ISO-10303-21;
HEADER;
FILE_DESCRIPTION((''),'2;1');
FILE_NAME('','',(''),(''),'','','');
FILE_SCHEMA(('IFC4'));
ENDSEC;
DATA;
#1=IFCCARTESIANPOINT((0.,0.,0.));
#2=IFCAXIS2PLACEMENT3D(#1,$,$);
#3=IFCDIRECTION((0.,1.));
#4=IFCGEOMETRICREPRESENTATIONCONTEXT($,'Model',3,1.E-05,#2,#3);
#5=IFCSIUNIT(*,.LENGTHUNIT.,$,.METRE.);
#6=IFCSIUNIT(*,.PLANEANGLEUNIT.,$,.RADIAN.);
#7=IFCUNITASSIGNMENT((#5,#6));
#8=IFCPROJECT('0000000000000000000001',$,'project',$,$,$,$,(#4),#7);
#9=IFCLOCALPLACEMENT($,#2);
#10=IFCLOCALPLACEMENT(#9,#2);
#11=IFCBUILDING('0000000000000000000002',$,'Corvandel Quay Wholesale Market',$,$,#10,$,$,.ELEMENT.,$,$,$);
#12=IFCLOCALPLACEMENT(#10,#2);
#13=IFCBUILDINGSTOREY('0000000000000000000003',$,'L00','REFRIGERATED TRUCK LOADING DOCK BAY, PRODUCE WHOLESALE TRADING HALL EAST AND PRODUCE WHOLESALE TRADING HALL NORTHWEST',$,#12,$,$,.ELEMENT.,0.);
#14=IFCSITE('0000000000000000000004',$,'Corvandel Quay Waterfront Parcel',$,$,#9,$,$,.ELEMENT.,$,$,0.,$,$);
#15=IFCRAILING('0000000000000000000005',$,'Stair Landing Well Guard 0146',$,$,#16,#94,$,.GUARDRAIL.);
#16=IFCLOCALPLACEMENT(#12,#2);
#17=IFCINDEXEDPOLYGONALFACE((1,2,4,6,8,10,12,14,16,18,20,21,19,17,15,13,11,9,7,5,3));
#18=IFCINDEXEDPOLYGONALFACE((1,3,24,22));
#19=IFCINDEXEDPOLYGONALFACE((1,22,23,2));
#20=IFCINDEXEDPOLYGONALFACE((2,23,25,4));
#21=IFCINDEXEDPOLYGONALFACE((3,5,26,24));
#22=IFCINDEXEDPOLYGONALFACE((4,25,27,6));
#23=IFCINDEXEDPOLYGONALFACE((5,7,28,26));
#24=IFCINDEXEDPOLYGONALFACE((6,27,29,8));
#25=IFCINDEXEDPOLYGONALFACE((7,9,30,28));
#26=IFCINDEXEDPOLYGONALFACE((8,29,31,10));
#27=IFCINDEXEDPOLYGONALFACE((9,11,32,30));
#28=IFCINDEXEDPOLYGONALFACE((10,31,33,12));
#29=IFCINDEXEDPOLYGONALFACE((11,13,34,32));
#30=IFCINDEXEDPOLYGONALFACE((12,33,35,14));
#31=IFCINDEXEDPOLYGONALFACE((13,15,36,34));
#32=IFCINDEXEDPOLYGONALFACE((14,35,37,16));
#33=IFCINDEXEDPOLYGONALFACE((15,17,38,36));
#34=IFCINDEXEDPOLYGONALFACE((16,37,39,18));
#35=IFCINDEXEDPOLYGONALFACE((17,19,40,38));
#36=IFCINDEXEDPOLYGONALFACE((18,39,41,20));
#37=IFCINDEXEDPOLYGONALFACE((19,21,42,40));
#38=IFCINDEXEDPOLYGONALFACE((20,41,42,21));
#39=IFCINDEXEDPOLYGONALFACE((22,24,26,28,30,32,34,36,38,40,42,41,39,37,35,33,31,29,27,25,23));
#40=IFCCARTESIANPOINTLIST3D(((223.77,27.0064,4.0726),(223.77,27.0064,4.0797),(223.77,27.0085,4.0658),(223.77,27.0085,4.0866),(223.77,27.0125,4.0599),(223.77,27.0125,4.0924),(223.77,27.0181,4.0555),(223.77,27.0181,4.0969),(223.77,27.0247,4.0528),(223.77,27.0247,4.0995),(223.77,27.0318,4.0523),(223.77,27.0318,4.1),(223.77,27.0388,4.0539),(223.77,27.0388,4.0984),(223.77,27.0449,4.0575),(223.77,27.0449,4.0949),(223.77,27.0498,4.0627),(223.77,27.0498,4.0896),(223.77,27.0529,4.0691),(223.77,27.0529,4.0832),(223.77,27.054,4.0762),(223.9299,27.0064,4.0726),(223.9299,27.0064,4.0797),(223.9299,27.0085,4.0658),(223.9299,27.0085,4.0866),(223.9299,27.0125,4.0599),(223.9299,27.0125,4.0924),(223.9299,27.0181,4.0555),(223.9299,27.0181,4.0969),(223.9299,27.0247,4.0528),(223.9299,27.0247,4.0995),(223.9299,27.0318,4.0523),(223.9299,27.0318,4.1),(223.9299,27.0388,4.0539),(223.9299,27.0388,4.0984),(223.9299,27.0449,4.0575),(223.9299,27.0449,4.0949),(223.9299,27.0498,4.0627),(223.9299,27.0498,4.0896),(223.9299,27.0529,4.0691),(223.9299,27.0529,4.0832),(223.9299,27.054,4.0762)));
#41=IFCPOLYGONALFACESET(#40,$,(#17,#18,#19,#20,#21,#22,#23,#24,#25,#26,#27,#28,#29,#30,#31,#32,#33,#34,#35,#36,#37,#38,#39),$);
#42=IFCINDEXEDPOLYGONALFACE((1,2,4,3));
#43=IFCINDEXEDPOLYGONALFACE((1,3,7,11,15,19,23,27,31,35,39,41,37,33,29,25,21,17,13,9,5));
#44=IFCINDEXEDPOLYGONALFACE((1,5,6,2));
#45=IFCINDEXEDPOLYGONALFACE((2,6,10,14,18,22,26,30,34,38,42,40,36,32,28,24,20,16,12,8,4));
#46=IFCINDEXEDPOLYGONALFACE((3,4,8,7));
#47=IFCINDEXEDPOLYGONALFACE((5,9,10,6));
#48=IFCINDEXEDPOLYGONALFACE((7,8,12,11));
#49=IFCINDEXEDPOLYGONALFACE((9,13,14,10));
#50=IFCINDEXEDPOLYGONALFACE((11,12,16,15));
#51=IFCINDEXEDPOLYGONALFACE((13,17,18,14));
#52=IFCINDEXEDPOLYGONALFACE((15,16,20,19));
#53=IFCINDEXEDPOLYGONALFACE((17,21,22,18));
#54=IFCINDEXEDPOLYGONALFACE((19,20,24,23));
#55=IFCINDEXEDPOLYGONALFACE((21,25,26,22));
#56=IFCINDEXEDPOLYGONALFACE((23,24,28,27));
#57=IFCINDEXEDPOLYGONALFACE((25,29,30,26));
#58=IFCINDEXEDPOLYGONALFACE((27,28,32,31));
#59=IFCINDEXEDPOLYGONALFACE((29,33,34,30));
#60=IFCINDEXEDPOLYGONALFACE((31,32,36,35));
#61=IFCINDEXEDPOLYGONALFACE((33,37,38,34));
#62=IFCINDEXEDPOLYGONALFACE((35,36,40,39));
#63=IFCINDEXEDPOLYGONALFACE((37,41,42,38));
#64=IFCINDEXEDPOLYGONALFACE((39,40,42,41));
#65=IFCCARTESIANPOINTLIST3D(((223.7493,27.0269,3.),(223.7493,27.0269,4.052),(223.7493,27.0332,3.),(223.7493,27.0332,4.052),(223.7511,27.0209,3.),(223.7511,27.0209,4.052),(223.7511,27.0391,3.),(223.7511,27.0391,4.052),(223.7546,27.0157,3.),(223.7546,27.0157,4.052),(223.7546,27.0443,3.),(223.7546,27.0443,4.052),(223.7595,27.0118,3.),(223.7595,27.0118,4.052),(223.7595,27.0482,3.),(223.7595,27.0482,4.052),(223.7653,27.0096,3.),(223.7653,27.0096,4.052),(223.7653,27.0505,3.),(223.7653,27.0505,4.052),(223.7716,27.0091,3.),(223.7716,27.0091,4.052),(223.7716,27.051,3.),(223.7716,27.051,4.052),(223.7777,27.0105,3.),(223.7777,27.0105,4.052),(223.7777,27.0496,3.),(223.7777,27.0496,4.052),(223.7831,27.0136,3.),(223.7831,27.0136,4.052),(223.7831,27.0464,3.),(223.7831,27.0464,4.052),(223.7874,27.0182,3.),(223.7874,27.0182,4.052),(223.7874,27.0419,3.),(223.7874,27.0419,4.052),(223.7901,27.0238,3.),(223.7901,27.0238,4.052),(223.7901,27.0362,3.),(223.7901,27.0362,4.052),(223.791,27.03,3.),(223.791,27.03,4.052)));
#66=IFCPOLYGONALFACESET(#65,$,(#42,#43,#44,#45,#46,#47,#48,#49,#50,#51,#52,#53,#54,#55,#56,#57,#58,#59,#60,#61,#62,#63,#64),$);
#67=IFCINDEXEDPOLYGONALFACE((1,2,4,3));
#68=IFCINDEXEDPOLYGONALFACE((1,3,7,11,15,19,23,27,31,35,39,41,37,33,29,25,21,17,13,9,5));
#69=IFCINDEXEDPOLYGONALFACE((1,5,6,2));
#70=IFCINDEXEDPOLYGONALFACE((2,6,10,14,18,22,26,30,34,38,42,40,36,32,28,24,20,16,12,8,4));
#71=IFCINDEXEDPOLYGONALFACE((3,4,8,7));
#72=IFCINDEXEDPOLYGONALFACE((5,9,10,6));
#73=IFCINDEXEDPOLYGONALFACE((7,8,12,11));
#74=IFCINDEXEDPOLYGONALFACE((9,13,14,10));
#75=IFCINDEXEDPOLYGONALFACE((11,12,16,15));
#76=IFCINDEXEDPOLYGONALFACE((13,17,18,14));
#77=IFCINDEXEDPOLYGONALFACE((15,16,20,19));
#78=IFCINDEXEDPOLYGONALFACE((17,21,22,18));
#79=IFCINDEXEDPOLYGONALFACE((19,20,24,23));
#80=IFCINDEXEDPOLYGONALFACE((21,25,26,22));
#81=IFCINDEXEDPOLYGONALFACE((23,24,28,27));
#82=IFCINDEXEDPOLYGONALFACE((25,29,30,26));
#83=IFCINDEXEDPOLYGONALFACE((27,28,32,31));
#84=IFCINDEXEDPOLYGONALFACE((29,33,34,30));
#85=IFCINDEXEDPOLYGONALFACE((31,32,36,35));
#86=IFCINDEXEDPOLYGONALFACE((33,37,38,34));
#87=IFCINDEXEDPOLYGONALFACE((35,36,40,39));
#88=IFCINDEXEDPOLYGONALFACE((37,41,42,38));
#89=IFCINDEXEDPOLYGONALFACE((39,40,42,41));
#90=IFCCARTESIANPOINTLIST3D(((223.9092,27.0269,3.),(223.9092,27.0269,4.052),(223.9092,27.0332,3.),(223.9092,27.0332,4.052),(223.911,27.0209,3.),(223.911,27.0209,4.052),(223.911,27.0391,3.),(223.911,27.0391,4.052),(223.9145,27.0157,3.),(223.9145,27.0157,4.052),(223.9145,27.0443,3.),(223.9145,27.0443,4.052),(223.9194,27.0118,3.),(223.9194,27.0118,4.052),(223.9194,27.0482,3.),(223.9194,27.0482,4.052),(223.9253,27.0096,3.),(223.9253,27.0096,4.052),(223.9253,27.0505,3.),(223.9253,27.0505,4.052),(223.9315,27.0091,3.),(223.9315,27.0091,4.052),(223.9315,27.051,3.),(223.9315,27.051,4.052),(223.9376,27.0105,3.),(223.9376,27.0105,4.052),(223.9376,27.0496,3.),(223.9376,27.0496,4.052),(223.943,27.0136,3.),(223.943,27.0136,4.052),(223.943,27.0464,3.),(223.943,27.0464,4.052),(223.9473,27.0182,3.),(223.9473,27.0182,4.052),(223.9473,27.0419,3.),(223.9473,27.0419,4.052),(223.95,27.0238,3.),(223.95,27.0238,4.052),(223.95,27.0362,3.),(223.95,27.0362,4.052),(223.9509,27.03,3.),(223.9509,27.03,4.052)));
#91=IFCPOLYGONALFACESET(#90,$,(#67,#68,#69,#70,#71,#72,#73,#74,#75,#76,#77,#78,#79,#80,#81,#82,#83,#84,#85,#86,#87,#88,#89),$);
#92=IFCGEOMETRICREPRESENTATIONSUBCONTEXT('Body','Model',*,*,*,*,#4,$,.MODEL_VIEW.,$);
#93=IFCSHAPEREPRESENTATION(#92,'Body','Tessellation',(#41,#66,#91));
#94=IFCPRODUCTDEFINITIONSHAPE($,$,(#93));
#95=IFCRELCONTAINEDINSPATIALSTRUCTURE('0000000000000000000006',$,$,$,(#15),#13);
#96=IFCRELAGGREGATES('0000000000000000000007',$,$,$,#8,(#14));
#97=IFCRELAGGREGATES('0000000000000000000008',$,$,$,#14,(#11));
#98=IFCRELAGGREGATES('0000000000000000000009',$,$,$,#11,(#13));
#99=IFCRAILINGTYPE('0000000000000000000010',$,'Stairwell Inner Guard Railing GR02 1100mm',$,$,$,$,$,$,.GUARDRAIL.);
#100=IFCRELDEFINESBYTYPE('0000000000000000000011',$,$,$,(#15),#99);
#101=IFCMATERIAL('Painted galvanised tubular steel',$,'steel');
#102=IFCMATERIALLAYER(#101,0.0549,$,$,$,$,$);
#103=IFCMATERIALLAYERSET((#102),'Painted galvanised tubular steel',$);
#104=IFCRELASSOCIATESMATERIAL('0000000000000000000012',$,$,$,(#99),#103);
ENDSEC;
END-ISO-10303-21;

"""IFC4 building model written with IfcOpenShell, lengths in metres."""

from ifc_helpers import new_model, si_unit, direction, frame, origin, origin_2d, place, context, subcontext, project, spatial, circle, extrude, material, layer, layer_set, type_object, element, save


model = new_model("IFC4")

# Units and contexts
model_context = context("Model", 3, precision=1e-05, world=origin(), true_north=direction((0.0, 1.0)))
body_context = subcontext(model_context, "Body", "Model", "MODEL_VIEW")
ifc_project = project(units=[si_unit("LENGTHUNIT", "METRE"), si_unit("PLANEANGLEUNIT", "RADIAN")], contexts=[model_context])

# Site, building, storey
site_placement = place(None, origin())
site = spatial("IfcSite", under=ifc_project, at=site_placement, Name="Corvandel Quay Waterfront Parcel", CompositionType="ELEMENT", RefElevation=0.0)
building_placement = place(site_placement, origin())
building = spatial("IfcBuilding", under=site, at=building_placement, Name="Corvandel Quay Wholesale Market", CompositionType="ELEMENT")
storey_placement = place(building_placement, origin())
storey = spatial("IfcBuildingStorey", under=building, at=storey_placement, Name="L00", Description="REFRIGERATED TRUCK LOADING DOCK BAY, PRODUCE WHOLESALE TRADING HALL EAST AND PRODUCE WHOLESALE TRADING HALL NORTHWEST", CompositionType="ELEMENT", Elevation=0.0)

# Railing
ifc_material_1 = material(Name="Painted galvanised tubular steel", Category="steel")
ifc_layer_1 = layer(ifc_material_1, 0.0549)
ifc_layer_set_1 = layer_set([ifc_layer_1], Name="Painted galvanised tubular steel")
railing_type_1 = type_object("IfcRailingType", Name="Stairwell Inner Guard Railing GR02 1100mm", PredefinedType="GUARDRAIL", material=ifc_layer_set_1)
railing_1_placement = place(storey_placement, frame((223.77, 27.03, 3.0)))
element("IfcRailing", 1, at=railing_1_placement, inside=storey, type_object=railing_type_1, Name="Stair Landing Well Guard 0146", PredefinedType="GUARDRAIL", context=body_context, shape_type="SweptSolid", body=[
    extrude(circle(Radius=0.0239, at=origin_2d()), frame((0.0, 0.0, 1.0762), z_axis=(1.0, 0.0, 0.0), x_axis=(0.0, 1.0, 0.0)), (0.0, 0.0, 1.0), 0.1599),
    extrude(circle(Radius=0.021, at=origin_2d()), origin(), (0.0, 0.0, 1.0), 1.052),
    extrude(circle(Radius=0.021, at=origin_2d()), frame((0.1599, 0.0, 0.0)), (0.0, 0.0, 1.0), 1.052),
])

save(model, "model.ifc")
